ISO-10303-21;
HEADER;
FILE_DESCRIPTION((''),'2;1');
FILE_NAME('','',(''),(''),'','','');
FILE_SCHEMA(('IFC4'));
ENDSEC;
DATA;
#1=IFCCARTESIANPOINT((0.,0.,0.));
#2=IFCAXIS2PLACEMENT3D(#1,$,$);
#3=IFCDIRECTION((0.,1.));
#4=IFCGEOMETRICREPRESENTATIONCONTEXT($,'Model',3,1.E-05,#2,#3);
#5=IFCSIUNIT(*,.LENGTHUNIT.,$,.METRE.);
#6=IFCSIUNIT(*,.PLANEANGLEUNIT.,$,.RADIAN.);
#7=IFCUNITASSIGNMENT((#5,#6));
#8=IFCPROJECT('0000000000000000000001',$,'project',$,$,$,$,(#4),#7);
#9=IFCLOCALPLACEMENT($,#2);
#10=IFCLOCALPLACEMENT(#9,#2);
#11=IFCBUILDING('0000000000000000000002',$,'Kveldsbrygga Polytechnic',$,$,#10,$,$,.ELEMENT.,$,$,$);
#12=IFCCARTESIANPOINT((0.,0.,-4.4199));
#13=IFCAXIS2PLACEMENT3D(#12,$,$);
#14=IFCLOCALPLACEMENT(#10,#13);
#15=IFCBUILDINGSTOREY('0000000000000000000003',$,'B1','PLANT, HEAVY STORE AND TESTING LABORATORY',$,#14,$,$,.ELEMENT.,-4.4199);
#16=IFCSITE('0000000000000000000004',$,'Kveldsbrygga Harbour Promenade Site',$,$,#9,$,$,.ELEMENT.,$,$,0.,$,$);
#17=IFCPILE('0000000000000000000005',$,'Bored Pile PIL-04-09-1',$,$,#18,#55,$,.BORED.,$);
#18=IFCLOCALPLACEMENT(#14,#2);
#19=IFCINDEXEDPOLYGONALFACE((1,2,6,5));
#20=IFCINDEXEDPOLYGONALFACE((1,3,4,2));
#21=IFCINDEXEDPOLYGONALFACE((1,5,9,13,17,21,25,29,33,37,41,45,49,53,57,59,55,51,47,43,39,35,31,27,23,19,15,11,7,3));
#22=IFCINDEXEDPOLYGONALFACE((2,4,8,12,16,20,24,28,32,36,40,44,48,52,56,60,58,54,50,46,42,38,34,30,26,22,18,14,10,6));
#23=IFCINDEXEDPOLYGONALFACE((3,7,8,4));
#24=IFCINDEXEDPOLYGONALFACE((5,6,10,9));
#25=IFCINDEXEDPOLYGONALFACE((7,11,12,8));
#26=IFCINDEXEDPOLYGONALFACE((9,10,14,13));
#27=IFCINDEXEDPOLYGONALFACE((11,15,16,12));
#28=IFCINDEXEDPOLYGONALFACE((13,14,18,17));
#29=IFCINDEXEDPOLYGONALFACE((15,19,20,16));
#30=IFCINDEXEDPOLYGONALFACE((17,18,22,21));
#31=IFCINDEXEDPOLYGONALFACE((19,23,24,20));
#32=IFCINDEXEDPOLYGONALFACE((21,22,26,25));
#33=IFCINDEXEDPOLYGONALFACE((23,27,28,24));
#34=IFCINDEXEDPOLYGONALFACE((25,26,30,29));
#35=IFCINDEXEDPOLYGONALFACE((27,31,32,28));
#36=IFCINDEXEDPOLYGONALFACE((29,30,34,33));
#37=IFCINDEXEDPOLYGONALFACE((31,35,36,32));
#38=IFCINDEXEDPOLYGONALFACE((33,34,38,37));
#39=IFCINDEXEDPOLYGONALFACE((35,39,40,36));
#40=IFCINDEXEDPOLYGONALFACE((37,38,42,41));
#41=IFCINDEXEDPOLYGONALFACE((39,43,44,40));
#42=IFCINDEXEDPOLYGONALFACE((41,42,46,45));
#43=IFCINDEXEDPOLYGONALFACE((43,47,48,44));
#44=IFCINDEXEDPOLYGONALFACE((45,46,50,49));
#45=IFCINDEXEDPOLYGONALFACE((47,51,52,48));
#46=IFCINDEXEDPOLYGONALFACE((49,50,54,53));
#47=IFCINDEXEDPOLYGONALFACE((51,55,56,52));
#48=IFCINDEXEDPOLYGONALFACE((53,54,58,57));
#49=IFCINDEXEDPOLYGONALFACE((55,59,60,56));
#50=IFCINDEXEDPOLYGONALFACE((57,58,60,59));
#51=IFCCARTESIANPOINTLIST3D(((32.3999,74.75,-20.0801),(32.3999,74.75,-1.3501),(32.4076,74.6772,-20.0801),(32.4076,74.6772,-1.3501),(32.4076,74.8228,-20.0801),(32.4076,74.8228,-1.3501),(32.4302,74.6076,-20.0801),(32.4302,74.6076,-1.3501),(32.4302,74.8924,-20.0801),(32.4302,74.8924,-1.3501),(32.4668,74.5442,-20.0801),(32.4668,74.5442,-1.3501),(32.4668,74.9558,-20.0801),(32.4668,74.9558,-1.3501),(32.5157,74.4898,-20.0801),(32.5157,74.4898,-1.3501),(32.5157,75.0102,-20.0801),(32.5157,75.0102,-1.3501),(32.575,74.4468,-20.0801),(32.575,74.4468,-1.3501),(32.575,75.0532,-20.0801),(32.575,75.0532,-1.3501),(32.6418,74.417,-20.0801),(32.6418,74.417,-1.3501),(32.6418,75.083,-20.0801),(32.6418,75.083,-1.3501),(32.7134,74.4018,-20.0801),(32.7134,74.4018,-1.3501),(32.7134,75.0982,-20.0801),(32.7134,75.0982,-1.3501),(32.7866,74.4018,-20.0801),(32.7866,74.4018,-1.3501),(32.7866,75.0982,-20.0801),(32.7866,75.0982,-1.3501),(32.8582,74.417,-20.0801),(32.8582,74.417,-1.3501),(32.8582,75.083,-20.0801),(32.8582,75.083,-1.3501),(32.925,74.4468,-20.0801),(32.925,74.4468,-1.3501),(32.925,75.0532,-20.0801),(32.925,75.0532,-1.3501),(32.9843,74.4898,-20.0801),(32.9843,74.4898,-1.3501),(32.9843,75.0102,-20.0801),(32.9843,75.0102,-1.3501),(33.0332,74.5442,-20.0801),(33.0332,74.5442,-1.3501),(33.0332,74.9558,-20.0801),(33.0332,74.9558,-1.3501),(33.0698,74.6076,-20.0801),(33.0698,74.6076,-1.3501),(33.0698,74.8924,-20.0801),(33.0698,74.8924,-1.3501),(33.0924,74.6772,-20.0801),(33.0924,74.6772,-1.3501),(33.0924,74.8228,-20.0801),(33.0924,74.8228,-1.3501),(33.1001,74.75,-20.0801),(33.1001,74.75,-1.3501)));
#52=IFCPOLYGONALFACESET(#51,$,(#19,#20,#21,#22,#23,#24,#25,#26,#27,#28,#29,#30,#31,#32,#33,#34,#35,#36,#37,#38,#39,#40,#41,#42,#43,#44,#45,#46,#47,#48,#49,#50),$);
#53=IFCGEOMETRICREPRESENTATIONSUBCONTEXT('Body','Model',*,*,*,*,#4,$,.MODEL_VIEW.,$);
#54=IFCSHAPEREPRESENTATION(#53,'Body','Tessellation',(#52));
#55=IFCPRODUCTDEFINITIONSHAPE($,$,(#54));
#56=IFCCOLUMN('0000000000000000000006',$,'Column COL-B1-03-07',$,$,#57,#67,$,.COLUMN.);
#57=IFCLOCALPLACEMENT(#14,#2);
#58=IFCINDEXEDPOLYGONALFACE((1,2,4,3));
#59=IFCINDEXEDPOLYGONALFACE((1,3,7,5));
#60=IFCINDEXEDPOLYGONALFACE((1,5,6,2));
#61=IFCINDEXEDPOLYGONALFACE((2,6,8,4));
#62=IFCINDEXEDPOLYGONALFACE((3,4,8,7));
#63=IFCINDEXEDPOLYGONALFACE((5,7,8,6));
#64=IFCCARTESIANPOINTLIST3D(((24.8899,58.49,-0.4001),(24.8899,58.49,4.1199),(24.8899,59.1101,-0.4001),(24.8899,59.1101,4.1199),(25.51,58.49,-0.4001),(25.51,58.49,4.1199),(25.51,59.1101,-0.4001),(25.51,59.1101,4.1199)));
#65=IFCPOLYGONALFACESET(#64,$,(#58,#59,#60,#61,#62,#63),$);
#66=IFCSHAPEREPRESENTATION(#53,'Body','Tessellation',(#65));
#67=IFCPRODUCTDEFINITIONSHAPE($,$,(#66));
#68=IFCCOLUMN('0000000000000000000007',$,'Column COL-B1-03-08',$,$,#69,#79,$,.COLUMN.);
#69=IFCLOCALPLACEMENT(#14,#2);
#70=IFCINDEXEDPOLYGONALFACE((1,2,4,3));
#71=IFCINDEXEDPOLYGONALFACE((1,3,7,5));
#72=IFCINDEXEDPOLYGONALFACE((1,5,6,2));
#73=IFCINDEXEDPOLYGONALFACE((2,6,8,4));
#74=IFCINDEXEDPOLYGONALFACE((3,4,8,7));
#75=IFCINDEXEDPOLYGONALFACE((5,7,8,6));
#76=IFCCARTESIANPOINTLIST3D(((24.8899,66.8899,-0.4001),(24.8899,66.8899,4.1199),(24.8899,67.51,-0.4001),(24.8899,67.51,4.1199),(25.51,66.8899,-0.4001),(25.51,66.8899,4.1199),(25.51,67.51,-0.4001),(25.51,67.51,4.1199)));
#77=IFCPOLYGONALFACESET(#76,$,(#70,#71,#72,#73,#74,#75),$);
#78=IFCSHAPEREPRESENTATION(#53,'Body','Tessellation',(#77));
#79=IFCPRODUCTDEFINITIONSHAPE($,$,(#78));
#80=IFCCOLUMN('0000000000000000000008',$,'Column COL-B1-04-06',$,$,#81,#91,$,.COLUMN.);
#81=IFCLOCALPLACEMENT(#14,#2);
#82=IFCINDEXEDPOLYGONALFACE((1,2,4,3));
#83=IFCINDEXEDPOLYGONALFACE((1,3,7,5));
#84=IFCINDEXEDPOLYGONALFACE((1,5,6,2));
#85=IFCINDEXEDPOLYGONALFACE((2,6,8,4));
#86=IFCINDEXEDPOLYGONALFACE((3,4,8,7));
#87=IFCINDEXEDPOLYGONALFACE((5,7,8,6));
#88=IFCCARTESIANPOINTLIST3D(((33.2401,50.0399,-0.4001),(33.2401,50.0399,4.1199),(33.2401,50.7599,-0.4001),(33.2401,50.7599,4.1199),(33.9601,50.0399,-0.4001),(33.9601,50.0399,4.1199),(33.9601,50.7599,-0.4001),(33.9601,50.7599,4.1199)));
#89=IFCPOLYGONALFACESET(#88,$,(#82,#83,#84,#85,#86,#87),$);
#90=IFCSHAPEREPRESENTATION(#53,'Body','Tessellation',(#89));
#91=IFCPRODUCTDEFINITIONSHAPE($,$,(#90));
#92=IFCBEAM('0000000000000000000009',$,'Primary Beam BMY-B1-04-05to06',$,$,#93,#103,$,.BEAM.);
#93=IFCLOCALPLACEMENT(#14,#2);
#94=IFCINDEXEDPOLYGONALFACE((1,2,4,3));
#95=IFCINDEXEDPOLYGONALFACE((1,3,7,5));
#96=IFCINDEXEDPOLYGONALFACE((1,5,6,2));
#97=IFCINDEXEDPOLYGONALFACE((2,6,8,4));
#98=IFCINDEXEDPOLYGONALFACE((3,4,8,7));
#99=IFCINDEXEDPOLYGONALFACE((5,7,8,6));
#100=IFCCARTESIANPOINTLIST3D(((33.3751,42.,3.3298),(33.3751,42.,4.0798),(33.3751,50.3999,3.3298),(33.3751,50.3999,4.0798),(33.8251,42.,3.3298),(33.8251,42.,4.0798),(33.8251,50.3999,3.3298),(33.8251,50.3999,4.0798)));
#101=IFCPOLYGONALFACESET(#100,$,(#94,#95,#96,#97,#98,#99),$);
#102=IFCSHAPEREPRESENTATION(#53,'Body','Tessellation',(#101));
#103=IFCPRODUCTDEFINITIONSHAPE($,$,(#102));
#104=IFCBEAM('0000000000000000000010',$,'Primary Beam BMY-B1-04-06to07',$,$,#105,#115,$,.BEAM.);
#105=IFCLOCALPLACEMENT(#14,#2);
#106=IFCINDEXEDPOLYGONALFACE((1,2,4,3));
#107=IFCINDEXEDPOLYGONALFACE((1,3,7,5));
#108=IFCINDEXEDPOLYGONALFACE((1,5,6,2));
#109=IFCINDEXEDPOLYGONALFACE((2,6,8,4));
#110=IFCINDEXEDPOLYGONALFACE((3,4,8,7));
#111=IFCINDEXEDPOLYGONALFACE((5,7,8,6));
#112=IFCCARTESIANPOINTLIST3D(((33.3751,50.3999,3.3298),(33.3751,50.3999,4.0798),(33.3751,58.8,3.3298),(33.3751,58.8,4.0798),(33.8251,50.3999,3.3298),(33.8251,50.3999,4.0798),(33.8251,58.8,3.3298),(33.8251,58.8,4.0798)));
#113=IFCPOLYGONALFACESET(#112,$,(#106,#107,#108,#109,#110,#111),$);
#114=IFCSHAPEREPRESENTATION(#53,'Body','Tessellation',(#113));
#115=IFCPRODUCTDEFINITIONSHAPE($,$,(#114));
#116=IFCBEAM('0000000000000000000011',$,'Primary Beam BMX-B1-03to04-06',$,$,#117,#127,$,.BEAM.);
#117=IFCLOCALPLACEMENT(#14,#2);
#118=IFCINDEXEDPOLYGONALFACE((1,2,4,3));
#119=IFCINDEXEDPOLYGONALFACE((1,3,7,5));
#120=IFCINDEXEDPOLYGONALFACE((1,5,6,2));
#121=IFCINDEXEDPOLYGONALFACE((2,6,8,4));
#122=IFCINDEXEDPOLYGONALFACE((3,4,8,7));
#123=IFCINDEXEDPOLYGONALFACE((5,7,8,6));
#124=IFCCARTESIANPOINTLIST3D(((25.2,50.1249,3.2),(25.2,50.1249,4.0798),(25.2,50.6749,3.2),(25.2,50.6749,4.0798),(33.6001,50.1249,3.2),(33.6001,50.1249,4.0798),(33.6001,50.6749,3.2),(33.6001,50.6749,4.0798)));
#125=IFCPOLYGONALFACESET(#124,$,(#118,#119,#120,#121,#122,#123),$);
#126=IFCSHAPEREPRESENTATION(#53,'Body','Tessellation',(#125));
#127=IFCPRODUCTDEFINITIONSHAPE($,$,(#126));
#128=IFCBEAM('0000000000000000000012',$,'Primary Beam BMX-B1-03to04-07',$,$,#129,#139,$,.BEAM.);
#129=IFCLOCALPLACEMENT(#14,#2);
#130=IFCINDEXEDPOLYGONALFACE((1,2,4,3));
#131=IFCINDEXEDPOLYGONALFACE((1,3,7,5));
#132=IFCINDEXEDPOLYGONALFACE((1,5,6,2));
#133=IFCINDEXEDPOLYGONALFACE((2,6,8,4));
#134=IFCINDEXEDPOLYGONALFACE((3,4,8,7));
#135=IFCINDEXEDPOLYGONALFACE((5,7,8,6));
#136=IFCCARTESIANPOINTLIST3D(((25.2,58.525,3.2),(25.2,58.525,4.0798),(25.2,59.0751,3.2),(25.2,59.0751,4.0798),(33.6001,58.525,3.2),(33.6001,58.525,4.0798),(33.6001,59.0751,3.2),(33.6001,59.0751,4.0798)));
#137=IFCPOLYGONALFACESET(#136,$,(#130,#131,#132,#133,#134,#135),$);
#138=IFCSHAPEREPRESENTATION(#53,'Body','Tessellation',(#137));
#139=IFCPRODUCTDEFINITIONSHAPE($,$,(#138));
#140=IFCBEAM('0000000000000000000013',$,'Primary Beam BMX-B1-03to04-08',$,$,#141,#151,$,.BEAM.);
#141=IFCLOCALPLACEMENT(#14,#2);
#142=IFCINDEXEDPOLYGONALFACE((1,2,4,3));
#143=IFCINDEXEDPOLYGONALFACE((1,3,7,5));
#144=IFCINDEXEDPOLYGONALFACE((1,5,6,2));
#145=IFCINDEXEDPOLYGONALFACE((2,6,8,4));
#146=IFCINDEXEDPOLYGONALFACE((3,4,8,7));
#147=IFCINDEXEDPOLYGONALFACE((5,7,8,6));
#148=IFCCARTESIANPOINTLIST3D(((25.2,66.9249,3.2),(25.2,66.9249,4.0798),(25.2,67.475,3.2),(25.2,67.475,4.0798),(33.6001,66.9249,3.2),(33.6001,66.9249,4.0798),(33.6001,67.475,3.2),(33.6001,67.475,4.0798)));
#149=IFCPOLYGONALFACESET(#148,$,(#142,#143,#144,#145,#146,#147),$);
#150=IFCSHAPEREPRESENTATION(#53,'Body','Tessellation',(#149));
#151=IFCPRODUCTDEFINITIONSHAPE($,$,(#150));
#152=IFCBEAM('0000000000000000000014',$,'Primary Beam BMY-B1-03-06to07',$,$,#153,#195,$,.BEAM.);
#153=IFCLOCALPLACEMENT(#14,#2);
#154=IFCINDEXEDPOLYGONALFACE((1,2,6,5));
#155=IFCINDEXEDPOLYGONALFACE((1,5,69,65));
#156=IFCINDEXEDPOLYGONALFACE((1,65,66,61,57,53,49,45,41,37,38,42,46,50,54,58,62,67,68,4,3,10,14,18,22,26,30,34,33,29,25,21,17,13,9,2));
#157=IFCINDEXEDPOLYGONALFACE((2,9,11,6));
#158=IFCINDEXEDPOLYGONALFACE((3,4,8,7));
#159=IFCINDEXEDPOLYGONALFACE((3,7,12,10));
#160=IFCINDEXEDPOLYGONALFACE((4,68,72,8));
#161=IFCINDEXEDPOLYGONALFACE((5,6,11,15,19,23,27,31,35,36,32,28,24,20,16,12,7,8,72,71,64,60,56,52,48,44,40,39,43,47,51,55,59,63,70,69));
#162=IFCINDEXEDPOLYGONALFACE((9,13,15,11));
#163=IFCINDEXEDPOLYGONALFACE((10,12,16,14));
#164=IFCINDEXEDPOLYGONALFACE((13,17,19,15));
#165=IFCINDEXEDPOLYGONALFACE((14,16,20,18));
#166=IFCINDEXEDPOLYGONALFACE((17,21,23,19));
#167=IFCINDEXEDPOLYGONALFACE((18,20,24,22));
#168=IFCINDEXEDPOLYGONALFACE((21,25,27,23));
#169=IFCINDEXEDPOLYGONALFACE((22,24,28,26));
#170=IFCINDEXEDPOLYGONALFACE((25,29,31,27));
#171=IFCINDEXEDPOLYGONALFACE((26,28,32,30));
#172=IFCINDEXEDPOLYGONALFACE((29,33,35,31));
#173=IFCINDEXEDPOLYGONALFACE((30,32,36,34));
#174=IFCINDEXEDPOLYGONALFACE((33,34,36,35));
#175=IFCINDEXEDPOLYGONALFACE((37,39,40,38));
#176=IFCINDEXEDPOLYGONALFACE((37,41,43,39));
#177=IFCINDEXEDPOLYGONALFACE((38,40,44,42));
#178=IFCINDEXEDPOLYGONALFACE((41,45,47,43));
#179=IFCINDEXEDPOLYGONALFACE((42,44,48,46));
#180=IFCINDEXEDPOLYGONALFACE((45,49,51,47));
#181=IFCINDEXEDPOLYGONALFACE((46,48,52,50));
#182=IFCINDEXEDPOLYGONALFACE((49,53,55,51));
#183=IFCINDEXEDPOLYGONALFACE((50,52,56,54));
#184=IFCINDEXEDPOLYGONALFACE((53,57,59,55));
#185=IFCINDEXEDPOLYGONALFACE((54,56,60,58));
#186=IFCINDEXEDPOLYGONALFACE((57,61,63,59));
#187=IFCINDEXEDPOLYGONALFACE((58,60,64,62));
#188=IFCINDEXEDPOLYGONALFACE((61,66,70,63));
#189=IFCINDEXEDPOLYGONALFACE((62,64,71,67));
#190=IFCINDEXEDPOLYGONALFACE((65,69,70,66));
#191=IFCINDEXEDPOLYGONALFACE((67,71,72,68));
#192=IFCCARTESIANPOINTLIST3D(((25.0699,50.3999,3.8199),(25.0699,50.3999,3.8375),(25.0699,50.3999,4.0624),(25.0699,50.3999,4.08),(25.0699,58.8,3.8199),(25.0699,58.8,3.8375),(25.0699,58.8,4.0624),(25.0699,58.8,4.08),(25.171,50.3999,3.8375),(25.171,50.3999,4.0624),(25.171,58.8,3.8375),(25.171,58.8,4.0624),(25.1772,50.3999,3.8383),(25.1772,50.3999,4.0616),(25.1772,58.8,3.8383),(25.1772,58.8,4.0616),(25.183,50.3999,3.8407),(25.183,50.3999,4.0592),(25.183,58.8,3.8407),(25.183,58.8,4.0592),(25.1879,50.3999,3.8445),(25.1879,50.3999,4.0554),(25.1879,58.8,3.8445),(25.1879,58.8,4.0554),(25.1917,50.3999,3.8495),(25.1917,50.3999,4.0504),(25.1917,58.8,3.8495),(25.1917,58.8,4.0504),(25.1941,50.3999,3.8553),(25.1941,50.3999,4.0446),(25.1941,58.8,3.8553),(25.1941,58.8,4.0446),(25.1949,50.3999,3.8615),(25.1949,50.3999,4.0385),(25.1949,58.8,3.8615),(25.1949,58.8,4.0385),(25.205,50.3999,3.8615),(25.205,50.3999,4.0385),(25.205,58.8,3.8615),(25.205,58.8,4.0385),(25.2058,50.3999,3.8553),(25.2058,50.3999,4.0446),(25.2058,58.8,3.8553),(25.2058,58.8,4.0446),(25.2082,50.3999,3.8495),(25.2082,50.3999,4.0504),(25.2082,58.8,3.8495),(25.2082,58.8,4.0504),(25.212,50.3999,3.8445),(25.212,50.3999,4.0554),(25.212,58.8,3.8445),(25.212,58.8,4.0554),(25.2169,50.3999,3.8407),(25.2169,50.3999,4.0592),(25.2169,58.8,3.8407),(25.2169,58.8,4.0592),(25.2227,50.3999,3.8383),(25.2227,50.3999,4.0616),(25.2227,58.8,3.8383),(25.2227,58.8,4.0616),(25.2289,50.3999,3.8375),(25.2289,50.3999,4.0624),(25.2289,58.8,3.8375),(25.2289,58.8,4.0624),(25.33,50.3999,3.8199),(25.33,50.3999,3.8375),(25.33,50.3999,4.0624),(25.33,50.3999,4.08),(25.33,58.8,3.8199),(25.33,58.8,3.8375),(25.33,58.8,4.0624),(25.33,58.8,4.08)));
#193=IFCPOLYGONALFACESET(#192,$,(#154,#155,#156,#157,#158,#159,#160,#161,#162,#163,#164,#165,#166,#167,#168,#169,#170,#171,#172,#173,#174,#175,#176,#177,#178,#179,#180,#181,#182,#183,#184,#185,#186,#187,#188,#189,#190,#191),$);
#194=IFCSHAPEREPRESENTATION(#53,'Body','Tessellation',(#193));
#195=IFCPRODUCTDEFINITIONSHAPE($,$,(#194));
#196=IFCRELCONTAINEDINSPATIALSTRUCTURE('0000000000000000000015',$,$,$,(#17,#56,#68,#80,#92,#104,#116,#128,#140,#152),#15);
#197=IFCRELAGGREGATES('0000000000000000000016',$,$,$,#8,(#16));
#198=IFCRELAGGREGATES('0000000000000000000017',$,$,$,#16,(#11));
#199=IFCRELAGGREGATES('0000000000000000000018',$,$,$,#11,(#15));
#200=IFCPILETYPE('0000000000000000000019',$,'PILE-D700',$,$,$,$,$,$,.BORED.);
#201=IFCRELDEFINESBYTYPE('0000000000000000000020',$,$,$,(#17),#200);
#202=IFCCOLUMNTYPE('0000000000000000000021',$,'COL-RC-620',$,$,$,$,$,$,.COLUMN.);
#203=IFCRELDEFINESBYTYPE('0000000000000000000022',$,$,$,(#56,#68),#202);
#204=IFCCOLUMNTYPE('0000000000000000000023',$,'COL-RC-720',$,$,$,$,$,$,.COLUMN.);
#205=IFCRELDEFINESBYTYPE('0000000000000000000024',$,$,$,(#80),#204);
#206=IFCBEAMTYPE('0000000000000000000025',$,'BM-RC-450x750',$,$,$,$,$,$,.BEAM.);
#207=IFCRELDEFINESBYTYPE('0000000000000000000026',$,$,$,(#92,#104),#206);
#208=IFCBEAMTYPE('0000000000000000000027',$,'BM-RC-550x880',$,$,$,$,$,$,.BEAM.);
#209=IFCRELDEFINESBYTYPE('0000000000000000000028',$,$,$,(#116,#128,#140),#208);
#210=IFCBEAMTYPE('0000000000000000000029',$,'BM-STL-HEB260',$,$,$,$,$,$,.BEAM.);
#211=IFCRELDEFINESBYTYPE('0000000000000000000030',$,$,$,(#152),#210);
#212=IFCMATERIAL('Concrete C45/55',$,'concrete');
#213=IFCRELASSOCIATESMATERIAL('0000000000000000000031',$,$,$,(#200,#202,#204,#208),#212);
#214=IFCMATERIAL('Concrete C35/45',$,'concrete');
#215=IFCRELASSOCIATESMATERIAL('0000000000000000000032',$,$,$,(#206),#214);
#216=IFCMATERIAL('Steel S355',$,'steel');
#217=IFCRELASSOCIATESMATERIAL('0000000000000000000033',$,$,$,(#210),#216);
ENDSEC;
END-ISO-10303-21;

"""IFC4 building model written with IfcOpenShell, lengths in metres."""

from ifc_helpers import new_model, si_unit, direction, frame, origin, origin_2d, place, context, subcontext, project, spatial, rectangle, circle, i_section, extrude, material, material_profile, profile_set, type_object, element, save


model = new_model("IFC4")

# Units and contexts
model_context = context("Model", 3, precision=1e-05, world=origin(), true_north=direction((0.0, 1.0)))
body_context = subcontext(model_context, "Body", "Model", "MODEL_VIEW")
ifc_project = project(units=[si_unit("LENGTHUNIT", "METRE"), si_unit("PLANEANGLEUNIT", "RADIAN")], contexts=[model_context])

# Site, building, storey
site_placement = place(None, origin())
site = spatial("IfcSite", under=ifc_project, at=site_placement, Name="Kveldsbrygga Harbour Promenade Site", CompositionType="ELEMENT", RefElevation=0.0)
building_placement = place(site_placement, origin())
building = spatial("IfcBuilding", under=site, at=building_placement, Name="Kveldsbrygga Polytechnic", CompositionType="ELEMENT")
storey_placement = place(building_placement, frame((0.0, 0.0, -4.4199)))
storey = spatial("IfcBuildingStorey", under=building, at=storey_placement, Name="B1", Description="PLANT, HEAVY STORE AND TESTING LABORATORY", CompositionType="ELEMENT", Elevation=-4.4199)

# Shared definitions
ifc_material_1 = material(Name="Concrete C45/55", Category="concrete")

# Pile
ifc_material_profile_1 = material_profile(ifc_material_1, circle(Radius=0.3501, at=origin_2d()), Name="PILE D700")
ifc_profile_set_1 = profile_set([ifc_material_profile_1], Name="Concrete C45/55")
pile_type_1 = type_object("IfcPileType", Name="PILE-D700", PredefinedType="BORED", material=ifc_profile_set_1)
pile_1_placement = place(storey_placement, frame((32.75, 74.75, -1.3501), z_axis=(0.0, 0.0, -1.0), x_axis=(1.0, 0.0, 0.0)))
element("IfcPile", 1, at=pile_1_placement, inside=storey, type_object=pile_type_1, Name="Bored Pile PIL-04-09-1", PredefinedType="BORED", context=body_context, shape_type="SweptSolid", body=[
    extrude(circle(Radius=0.3501, at=origin_2d()), origin(), (0.0, 0.0, 1.0), 18.73),
])

# Columns
ifc_material_profile_2 = material_profile(ifc_material_1, rectangle(XDim=0.6201, YDim=0.6201, at=origin_2d()), Name="RC 620x620")
ifc_profile_set_2 = profile_set([ifc_material_profile_2], Name="Concrete C45/55")
column_type_1 = type_object("IfcColumnType", Name="COL-RC-620", PredefinedType="COLUMN", material=ifc_profile_set_2)
for number, where, z_axis, x_axis, name in (
    (2, (25.2, 58.8, -0.4001), (0.0, 0.0, 1.0), (1.0, 0.0, 0.0), "Column COL-B1-03-07"),
    (3, (25.2, 67.2, -0.4001), (0.0, 0.0, 1.0), (1.0, 0.0, 0.0), "Column COL-B1-03-08"),
):
    element("IfcColumn", number, at=place(storey_placement, frame(where, z_axis=z_axis, x_axis=x_axis)), inside=storey, type_object=column_type_1, Name=name, PredefinedType="COLUMN", context=body_context, shape_type="SweptSolid", body=[
        extrude(rectangle(XDim=0.6201, YDim=0.6201, at=origin_2d()), origin(), (0.0, 0.0, 1.0), 4.52),
    ])
ifc_material_profile_3 = material_profile(ifc_material_1, rectangle(XDim=0.72, YDim=0.72, at=origin_2d()), Name="RC 720x720")
ifc_profile_set_3 = profile_set([ifc_material_profile_3], Name="Concrete C45/55")
column_type_2 = type_object("IfcColumnType", Name="COL-RC-720", PredefinedType="COLUMN", material=ifc_profile_set_3)
column_placement = place(storey_placement, frame((33.6001, 50.3999, -0.4001), z_axis=(0.0, 0.0, 1.0), x_axis=(1.0, 0.0, 0.0)))
element("IfcColumn", 4, at=column_placement, inside=storey, type_object=column_type_2, Name="Column COL-B1-04-06", PredefinedType="COLUMN", context=body_context, shape_type="SweptSolid", body=[
    extrude(rectangle(XDim=0.72, YDim=0.72, at=origin_2d()), origin(), (0.0, 0.0, 1.0), 4.52),
])

# Beams
ifc_material_2 = material(Name="Concrete C35/45", Category="concrete")
ifc_material_profile_4 = material_profile(ifc_material_2, rectangle(XDim=0.45, YDim=0.75, at=origin_2d()), Name="RC 450x750")
ifc_profile_set_4 = profile_set([ifc_material_profile_4], Name="Concrete C35/45")
beam_type_1 = type_object("IfcBeamType", Name="BM-RC-450x750", PredefinedType="BEAM", material=ifc_profile_set_4)
beam_1_placement = place(storey_placement, frame((33.6001, 42.0, 3.7048), z_axis=(0.0, 1.0, 0.0), x_axis=(-1.0, 0.0, 0.0)))
element("IfcBeam", 5, at=beam_1_placement, inside=storey, type_object=beam_type_1, Name="Primary Beam BMY-B1-04-05to06", PredefinedType="BEAM", context=body_context, shape_type="SweptSolid", body=[
    extrude(rectangle(XDim=0.45, YDim=0.75, at=origin_2d()), origin(), (0.0, 0.0, 1.0), 8.3999),
])
beam_2_placement = place(storey_placement, frame((33.6001, 50.3999, 3.7048), z_axis=(0.0, 1.0, 0.0), x_axis=(-1.0, 0.0, 0.0)))
element("IfcBeam", 6, at=beam_2_placement, inside=storey, type_object=beam_type_1, Name="Primary Beam BMY-B1-04-06to07", PredefinedType="BEAM", context=body_context, shape_type="SweptSolid", body=[
    extrude(rectangle(XDim=0.45, YDim=0.75, at=origin_2d()), origin(), (0.0, 0.0, 1.0), 8.4001),
])
ifc_material_profile_5 = material_profile(ifc_material_1, rectangle(XDim=0.55, YDim=0.8799, at=origin_2d()), Name="RC 550x880")
ifc_profile_set_5 = profile_set([ifc_material_profile_5], Name="Concrete C45/55")
beam_type_2 = type_object("IfcBeamType", Name="BM-RC-550x880", PredefinedType="BEAM", material=ifc_profile_set_5)
for number, where, z_axis, x_axis, name in (
    (7, (25.2, 50.3999, 3.6399), (1.0, 0.0, 0.0), (0.0, 1.0, 0.0), "Primary Beam BMX-B1-03to04-06"),
    (8, (25.2, 58.8, 3.6399), (1.0, 0.0, 0.0), (0.0, 1.0, 0.0), "Primary Beam BMX-B1-03to04-07"),
    (9, (25.2, 67.2, 3.6399), (1.0, 0.0, 0.0), (0.0, 1.0, 0.0), "Primary Beam BMX-B1-03to04-08"),
):
    element("IfcBeam", number, at=place(storey_placement, frame(where, z_axis=z_axis, x_axis=x_axis)), inside=storey, type_object=beam_type_2, Name=name, PredefinedType="BEAM", context=body_context, shape_type="SweptSolid", body=[
        extrude(rectangle(XDim=0.55, YDim=0.8799, at=origin_2d()), origin(), (0.0, 0.0, 1.0), 8.4001),
    ])
ifc_material_3 = material(Name="Steel S355", Category="steel")
ifc_material_profile_6 = material_profile(ifc_material_3, i_section(OverallWidth=0.26, OverallDepth=0.26, WebThickness=0.01, FlangeThickness=0.0176, FilletRadius=0.0239, at=origin_2d()), Name="HEB 260")
ifc_profile_set_6 = profile_set([ifc_material_profile_6], Name="Steel S355")
beam_type_3 = type_object("IfcBeamType", Name="BM-STL-HEB260", PredefinedType="BEAM", material=ifc_profile_set_6)
beam_3_placement = place(storey_placement, frame((25.2, 50.3999, 3.95), z_axis=(0.0, 1.0, 0.0), x_axis=(-1.0, 0.0, 0.0)))
element("IfcBeam", 10, at=beam_3_placement, inside=storey, type_object=beam_type_3, Name="Primary Beam BMY-B1-03-06to07", PredefinedType="BEAM", context=body_context, shape_type="SweptSolid", body=[
    extrude(i_section(OverallWidth=0.26, OverallDepth=0.26, WebThickness=0.01, FlangeThickness=0.0176, FilletRadius=0.0239, at=origin_2d()), origin(), (0.0, 0.0, 1.0), 8.4001),
])

save(model, "model.ifc")
